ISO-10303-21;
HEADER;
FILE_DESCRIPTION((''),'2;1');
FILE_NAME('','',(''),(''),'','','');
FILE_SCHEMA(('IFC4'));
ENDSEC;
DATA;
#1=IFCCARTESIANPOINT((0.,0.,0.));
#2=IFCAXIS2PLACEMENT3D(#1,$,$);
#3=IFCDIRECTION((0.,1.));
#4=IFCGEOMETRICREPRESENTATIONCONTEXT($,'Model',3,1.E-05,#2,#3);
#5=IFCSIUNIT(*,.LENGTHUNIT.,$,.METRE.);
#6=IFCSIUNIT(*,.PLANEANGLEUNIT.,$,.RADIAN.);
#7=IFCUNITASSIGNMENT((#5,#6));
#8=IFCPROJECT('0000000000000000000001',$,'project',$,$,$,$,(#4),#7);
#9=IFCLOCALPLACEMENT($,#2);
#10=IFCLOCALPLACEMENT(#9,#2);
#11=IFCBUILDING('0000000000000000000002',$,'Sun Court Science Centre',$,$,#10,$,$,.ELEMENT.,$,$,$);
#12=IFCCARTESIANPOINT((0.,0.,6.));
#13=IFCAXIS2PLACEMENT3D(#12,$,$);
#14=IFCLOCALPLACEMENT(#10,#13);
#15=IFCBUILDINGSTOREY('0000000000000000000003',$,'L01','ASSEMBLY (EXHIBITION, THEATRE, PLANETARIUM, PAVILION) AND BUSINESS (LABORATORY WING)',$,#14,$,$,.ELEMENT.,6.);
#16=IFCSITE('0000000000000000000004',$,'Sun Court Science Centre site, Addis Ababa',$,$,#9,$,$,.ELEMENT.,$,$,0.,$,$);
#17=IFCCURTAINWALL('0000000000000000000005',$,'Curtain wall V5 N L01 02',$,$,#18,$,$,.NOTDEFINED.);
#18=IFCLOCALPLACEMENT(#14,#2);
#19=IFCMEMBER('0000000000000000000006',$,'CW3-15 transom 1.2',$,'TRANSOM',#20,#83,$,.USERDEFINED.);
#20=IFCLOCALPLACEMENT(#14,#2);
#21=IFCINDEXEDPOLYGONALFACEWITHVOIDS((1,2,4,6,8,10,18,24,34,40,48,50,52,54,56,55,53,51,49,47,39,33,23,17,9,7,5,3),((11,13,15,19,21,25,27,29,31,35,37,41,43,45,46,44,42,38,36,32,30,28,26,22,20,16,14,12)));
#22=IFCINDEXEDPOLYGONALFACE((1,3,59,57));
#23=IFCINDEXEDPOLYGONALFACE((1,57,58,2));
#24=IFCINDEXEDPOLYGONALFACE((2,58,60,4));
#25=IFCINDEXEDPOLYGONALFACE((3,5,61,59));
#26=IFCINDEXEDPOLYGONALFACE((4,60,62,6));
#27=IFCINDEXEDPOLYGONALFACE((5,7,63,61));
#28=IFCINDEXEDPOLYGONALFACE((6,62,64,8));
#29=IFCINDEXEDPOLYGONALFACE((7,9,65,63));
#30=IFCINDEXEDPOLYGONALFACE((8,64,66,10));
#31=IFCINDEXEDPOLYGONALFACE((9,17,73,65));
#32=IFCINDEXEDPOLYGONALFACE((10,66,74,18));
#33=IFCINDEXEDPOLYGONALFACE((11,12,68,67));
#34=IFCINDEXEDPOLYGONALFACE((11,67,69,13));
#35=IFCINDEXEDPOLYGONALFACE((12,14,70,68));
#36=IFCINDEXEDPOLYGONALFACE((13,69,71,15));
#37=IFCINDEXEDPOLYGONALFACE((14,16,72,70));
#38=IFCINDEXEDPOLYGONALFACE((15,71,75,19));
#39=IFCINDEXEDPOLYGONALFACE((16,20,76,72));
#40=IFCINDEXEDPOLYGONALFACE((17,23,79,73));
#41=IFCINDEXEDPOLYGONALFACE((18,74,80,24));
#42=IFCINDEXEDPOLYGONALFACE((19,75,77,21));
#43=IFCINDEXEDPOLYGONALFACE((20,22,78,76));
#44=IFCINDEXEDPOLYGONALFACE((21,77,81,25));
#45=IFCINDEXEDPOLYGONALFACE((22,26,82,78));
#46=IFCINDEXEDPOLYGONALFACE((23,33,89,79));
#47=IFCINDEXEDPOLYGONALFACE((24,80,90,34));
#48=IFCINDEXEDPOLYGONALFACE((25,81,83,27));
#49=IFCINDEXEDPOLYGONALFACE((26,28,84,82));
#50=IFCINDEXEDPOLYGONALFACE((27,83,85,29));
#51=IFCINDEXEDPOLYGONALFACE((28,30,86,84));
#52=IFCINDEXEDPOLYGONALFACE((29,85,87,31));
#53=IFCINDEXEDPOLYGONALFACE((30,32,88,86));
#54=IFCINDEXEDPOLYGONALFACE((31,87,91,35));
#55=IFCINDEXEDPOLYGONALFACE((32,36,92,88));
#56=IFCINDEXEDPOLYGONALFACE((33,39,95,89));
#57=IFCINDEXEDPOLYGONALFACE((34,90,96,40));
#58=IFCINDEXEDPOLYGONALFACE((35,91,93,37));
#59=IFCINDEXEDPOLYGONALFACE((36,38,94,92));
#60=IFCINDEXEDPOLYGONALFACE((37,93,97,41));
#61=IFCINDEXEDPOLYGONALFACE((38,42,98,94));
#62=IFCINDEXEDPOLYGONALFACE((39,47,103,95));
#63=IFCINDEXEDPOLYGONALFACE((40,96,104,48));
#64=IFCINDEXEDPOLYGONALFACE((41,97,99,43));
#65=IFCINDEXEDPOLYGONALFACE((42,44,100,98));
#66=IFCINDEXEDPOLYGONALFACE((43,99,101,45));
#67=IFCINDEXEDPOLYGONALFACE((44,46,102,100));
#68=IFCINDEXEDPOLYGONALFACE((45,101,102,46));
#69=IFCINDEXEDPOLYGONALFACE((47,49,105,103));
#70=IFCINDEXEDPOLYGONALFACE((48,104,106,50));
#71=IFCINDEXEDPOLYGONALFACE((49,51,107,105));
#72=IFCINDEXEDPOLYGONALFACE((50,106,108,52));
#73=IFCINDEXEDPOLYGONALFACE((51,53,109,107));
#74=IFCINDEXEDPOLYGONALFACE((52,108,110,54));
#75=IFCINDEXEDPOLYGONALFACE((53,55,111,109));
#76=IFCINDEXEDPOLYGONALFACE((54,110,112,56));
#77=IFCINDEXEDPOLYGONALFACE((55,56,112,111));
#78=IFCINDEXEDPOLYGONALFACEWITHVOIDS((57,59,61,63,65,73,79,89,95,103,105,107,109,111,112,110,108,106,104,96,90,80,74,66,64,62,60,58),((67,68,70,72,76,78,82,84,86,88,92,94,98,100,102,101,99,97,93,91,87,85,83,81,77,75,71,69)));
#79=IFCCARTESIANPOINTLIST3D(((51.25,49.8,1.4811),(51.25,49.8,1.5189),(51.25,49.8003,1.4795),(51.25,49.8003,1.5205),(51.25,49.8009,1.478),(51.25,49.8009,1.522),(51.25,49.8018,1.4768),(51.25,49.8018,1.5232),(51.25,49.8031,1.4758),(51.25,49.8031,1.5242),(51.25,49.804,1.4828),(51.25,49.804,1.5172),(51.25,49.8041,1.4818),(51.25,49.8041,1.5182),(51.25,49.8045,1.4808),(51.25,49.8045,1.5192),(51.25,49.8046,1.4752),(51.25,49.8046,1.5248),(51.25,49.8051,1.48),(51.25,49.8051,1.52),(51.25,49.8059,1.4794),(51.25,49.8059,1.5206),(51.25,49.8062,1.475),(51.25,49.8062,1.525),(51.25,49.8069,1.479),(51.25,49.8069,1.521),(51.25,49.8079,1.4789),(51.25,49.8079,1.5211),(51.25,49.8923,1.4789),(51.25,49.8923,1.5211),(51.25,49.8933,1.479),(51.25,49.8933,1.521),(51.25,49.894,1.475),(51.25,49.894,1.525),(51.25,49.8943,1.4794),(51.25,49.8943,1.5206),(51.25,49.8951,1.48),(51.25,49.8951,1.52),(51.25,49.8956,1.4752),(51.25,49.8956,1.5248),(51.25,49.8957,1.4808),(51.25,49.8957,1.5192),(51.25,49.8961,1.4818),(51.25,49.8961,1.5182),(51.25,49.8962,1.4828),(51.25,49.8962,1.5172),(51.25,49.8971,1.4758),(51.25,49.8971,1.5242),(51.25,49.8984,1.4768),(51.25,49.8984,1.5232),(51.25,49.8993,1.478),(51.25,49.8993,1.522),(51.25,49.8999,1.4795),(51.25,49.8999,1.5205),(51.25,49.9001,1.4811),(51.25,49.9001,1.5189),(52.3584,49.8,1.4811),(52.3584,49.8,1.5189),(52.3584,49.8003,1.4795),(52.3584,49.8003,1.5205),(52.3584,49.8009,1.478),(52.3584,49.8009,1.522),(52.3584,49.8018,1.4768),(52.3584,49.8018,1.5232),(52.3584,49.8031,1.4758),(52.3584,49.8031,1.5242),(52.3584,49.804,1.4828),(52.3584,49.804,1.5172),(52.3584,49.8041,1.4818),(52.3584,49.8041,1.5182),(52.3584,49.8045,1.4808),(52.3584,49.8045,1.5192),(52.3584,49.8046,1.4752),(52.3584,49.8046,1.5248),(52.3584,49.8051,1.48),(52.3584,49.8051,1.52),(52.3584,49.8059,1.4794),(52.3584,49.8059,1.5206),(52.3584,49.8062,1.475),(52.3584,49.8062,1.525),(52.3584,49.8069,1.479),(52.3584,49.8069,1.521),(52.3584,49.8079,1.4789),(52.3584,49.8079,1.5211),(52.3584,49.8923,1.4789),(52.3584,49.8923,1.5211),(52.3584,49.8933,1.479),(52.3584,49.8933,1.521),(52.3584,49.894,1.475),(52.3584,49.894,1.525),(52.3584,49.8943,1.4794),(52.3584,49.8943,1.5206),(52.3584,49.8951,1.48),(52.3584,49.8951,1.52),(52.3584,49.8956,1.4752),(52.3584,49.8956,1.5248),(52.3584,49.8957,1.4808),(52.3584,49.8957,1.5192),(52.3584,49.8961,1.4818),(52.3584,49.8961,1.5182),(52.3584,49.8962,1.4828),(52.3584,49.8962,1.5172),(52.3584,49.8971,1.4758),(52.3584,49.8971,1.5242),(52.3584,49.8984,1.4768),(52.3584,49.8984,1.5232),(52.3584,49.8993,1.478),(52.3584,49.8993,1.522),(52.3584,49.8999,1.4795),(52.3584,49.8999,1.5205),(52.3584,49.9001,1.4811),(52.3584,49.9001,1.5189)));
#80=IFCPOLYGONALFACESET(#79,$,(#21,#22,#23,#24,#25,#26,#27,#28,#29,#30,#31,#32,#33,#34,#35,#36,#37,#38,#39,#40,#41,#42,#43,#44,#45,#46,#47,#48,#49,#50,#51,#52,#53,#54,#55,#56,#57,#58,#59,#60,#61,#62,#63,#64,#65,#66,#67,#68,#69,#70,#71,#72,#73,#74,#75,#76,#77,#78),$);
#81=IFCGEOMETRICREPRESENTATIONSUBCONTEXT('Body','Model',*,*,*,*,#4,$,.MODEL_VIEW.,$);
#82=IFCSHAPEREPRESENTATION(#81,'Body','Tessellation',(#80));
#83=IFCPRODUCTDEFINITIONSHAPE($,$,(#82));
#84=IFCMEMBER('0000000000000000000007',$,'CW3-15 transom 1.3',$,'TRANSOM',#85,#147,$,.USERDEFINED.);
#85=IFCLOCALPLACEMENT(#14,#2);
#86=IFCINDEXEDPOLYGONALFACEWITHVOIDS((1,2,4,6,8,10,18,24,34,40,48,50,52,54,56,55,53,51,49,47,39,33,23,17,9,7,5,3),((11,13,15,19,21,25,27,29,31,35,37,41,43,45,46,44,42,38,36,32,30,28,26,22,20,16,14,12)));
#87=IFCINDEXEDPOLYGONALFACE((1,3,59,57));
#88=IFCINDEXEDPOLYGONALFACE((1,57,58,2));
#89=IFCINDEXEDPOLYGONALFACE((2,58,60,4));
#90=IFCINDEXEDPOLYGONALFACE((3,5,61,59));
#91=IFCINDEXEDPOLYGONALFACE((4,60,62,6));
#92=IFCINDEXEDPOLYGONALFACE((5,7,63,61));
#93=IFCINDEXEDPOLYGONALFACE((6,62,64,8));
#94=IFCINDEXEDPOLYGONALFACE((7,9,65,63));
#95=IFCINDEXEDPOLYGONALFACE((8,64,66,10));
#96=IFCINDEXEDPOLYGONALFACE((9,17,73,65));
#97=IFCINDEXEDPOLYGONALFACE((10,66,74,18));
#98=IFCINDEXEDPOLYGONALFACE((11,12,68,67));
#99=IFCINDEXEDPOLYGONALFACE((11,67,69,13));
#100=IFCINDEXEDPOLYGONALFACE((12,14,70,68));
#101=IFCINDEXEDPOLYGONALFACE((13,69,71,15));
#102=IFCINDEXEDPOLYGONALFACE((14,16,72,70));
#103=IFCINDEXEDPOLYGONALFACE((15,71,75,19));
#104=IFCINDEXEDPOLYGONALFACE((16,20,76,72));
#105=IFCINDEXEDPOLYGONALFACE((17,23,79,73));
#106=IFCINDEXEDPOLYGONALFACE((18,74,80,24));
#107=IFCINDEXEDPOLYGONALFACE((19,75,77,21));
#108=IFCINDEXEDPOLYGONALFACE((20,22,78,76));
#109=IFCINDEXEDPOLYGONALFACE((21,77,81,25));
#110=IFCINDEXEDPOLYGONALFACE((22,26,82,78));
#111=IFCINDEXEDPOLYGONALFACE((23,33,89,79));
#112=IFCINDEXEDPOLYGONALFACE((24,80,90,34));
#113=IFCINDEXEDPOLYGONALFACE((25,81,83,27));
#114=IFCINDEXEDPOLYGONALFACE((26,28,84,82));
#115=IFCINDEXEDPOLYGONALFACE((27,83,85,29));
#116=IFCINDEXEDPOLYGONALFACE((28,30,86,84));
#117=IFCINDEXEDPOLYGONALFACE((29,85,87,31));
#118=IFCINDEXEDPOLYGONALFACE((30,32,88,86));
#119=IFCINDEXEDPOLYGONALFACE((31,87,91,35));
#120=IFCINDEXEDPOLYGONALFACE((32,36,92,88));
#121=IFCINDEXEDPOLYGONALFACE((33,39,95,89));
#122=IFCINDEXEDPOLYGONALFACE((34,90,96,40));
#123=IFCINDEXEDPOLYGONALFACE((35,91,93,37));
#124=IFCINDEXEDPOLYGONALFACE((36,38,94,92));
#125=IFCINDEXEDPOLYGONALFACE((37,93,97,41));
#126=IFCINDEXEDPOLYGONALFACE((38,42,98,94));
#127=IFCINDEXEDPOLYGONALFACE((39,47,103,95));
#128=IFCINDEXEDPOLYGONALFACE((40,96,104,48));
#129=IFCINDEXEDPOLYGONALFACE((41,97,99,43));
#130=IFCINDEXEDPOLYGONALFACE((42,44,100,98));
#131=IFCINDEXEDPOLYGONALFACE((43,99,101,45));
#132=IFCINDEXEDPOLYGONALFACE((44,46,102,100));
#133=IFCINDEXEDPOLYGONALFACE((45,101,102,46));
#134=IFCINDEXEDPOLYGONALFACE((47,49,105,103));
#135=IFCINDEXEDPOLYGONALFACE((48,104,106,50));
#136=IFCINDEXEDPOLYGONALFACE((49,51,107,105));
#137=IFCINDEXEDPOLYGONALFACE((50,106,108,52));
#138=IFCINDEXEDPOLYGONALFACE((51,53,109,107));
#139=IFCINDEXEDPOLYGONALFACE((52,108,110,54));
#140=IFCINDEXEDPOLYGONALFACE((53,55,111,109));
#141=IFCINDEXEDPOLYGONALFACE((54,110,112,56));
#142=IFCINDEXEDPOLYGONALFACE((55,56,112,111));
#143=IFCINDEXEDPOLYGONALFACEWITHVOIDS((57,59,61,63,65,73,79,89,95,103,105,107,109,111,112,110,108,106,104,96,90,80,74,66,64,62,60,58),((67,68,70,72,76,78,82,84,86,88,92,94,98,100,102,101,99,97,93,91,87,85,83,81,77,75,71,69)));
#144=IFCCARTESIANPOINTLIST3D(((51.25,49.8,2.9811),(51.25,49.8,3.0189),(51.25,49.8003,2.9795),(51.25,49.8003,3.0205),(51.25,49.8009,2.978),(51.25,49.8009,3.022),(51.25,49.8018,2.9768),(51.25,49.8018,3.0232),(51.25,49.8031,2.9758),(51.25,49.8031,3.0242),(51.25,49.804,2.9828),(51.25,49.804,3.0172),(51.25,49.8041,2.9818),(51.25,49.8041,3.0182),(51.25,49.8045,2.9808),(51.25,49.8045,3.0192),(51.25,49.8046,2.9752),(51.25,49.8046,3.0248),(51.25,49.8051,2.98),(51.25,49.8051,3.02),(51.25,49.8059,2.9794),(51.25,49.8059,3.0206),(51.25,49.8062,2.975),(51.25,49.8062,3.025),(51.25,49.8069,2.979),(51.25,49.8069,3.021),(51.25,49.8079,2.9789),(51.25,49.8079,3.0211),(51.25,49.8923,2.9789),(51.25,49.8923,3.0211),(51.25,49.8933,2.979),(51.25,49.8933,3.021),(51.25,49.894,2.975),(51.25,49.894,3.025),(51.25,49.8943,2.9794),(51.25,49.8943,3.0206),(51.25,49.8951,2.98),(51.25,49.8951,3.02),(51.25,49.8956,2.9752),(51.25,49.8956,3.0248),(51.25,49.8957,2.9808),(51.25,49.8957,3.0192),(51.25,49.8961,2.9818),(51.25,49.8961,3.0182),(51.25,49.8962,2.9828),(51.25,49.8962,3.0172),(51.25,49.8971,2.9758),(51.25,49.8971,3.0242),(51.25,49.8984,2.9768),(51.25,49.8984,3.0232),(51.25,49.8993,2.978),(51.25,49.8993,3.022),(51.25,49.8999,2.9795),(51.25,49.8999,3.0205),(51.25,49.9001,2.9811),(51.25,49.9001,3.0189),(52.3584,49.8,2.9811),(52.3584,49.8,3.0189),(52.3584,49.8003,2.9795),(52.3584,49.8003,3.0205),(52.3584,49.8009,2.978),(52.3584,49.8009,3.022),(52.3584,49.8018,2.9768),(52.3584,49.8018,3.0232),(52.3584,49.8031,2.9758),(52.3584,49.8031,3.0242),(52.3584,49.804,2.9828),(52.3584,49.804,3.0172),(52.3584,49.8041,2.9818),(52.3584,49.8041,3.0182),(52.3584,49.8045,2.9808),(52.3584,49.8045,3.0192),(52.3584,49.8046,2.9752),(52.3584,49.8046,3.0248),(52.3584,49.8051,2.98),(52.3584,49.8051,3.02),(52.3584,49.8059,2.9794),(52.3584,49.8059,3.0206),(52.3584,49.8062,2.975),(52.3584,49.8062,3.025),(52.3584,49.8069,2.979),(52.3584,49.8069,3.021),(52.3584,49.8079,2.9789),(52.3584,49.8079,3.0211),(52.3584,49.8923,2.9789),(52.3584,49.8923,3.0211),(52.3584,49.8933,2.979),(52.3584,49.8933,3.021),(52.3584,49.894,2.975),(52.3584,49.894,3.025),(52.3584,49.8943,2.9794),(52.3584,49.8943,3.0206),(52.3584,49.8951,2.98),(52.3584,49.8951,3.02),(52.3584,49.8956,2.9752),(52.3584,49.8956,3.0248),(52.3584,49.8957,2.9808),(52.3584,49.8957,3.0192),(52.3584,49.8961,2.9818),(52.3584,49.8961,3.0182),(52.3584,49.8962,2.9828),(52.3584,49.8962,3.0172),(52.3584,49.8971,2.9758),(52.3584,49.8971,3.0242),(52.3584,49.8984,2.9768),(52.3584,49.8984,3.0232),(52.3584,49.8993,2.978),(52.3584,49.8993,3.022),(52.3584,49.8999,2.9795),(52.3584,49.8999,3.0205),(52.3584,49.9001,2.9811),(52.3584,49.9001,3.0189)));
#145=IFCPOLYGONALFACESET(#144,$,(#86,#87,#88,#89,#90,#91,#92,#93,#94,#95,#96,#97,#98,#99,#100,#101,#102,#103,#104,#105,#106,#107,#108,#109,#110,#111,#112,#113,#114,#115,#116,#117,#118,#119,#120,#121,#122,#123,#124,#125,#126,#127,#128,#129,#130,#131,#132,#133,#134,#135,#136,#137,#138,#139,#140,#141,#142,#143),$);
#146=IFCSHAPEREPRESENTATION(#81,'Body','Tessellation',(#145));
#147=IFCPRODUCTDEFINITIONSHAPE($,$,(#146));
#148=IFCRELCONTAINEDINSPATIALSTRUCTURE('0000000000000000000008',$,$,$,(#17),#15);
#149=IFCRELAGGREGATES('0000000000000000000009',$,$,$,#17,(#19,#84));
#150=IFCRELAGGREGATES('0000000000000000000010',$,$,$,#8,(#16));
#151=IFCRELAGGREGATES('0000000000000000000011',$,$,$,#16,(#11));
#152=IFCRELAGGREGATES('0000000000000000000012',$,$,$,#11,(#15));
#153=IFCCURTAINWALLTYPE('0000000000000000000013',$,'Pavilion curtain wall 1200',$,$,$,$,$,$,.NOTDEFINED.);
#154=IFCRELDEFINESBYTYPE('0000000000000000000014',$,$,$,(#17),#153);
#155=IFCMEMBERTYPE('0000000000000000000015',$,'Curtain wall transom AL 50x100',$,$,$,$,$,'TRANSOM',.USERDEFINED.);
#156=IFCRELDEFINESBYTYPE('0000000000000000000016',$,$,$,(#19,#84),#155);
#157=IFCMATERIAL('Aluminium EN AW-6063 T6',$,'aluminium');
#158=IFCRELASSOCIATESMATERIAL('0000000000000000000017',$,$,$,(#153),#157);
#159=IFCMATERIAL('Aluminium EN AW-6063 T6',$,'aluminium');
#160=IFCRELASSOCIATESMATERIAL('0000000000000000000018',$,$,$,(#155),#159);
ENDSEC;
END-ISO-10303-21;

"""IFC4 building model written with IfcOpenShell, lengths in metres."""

from ifc_helpers import new_model, si_unit, direction, frame, origin, origin_2d, place, context, subcontext, project, spatial, hollow_rectangle, extrude, material, material_profile, profile_set, type_object, element, aggregate, save


model = new_model("IFC4")

# Units and contexts
model_context = context("Model", 3, precision=1e-05, world=origin(), true_north=direction((0.0, 1.0)))
body_context = subcontext(model_context, "Body", "Model", "MODEL_VIEW")
ifc_project = project(units=[si_unit("LENGTHUNIT", "METRE"), si_unit("PLANEANGLEUNIT", "RADIAN")], contexts=[model_context])

# Site, building, storey
site_placement = place(None, origin())
site = spatial("IfcSite", under=ifc_project, at=site_placement, Name="Sun Court Science Centre site, Addis Ababa", CompositionType="ELEMENT", RefElevation=0.0)
building_placement = place(site_placement, origin())
building = spatial("IfcBuilding", under=site, at=building_placement, Name="Sun Court Science Centre", CompositionType="ELEMENT")
storey_placement = place(building_placement, frame((0.0, 0.0, 6.0)))
storey = spatial("IfcBuildingStorey", under=building, at=storey_placement, Name="L01", Description="ASSEMBLY (EXHIBITION, THEATRE, PLANETARIUM, PAVILION) AND BUSINESS (LABORATORY WING)", CompositionType="ELEMENT", Elevation=6.0)

# Shared definitions
ifc_material_1 = material(Name="Aluminium EN AW-6063 T6", Category="aluminium")
curtain_wall_type = type_object("IfcCurtainWallType", Name="Pavilion curtain wall 1200", PredefinedType="NOTDEFINED", material=ifc_material_1)

# Curtain wall
curtain_wall_1_placement = place(storey_placement, origin())
curtain_wall_1 = element("IfcCurtainWall", 1, at=curtain_wall_1_placement, inside=storey, type_object=curtain_wall_type, Name="Curtain wall V5 N L01 02", PredefinedType="NOTDEFINED")

# Members
ifc_material_2 = material(Name="Aluminium EN AW-6063 T6", Category="aluminium")
ifc_material_profile_1 = material_profile(ifc_material_2, hollow_rectangle(XDim=0.05, YDim=0.1001, WallThickness=0.0039, InnerFilletRadius=0.0039, OuterFilletRadius=0.0061, at=origin_2d()), Name="AL 50x100x4")
ifc_profile_set_1 = profile_set([ifc_material_profile_1], Name="Aluminium EN AW-6063 T6")
member_type_1 = type_object("IfcMemberType", Name="Curtain wall transom AL 50x100", ElementType="TRANSOM", PredefinedType="USERDEFINED", material=ifc_profile_set_1)
member_1_placement = place(storey_placement, frame((51.25, 49.8501, 1.5), z_axis=(1.0, 0.0, 0.0), x_axis=(0.0, 0.0, 1.0)))
member_1 = element("IfcMember", 2, at=member_1_placement, type_object=member_type_1, Name="CW3-15 transom 1.2", ObjectType="TRANSOM", PredefinedType="USERDEFINED", context=body_context, shape_type="SweptSolid", body=[
    extrude(hollow_rectangle(XDim=0.05, YDim=0.1001, WallThickness=0.0039, InnerFilletRadius=0.0039, OuterFilletRadius=0.0061, at=origin_2d()), origin(), (0.0, 0.0, 1.0), 1.1084),
])
member_2_placement = place(storey_placement, frame((51.25, 49.8501, 3.0), z_axis=(1.0, 0.0, 0.0), x_axis=(0.0, 0.0, 1.0)))
member_2 = element("IfcMember", 3, at=member_2_placement, type_object=member_type_1, Name="CW3-15 transom 1.3", ObjectType="TRANSOM", PredefinedType="USERDEFINED", context=body_context, shape_type="SweptSolid", body=[
    extrude(hollow_rectangle(XDim=0.05, YDim=0.1001, WallThickness=0.0039, InnerFilletRadius=0.0039, OuterFilletRadius=0.0061, at=origin_2d()), origin(), (0.0, 0.0, 1.0), 1.1084),
])

aggregate(curtain_wall_1, [member_1, member_2])

save(model, "model.ifc")
